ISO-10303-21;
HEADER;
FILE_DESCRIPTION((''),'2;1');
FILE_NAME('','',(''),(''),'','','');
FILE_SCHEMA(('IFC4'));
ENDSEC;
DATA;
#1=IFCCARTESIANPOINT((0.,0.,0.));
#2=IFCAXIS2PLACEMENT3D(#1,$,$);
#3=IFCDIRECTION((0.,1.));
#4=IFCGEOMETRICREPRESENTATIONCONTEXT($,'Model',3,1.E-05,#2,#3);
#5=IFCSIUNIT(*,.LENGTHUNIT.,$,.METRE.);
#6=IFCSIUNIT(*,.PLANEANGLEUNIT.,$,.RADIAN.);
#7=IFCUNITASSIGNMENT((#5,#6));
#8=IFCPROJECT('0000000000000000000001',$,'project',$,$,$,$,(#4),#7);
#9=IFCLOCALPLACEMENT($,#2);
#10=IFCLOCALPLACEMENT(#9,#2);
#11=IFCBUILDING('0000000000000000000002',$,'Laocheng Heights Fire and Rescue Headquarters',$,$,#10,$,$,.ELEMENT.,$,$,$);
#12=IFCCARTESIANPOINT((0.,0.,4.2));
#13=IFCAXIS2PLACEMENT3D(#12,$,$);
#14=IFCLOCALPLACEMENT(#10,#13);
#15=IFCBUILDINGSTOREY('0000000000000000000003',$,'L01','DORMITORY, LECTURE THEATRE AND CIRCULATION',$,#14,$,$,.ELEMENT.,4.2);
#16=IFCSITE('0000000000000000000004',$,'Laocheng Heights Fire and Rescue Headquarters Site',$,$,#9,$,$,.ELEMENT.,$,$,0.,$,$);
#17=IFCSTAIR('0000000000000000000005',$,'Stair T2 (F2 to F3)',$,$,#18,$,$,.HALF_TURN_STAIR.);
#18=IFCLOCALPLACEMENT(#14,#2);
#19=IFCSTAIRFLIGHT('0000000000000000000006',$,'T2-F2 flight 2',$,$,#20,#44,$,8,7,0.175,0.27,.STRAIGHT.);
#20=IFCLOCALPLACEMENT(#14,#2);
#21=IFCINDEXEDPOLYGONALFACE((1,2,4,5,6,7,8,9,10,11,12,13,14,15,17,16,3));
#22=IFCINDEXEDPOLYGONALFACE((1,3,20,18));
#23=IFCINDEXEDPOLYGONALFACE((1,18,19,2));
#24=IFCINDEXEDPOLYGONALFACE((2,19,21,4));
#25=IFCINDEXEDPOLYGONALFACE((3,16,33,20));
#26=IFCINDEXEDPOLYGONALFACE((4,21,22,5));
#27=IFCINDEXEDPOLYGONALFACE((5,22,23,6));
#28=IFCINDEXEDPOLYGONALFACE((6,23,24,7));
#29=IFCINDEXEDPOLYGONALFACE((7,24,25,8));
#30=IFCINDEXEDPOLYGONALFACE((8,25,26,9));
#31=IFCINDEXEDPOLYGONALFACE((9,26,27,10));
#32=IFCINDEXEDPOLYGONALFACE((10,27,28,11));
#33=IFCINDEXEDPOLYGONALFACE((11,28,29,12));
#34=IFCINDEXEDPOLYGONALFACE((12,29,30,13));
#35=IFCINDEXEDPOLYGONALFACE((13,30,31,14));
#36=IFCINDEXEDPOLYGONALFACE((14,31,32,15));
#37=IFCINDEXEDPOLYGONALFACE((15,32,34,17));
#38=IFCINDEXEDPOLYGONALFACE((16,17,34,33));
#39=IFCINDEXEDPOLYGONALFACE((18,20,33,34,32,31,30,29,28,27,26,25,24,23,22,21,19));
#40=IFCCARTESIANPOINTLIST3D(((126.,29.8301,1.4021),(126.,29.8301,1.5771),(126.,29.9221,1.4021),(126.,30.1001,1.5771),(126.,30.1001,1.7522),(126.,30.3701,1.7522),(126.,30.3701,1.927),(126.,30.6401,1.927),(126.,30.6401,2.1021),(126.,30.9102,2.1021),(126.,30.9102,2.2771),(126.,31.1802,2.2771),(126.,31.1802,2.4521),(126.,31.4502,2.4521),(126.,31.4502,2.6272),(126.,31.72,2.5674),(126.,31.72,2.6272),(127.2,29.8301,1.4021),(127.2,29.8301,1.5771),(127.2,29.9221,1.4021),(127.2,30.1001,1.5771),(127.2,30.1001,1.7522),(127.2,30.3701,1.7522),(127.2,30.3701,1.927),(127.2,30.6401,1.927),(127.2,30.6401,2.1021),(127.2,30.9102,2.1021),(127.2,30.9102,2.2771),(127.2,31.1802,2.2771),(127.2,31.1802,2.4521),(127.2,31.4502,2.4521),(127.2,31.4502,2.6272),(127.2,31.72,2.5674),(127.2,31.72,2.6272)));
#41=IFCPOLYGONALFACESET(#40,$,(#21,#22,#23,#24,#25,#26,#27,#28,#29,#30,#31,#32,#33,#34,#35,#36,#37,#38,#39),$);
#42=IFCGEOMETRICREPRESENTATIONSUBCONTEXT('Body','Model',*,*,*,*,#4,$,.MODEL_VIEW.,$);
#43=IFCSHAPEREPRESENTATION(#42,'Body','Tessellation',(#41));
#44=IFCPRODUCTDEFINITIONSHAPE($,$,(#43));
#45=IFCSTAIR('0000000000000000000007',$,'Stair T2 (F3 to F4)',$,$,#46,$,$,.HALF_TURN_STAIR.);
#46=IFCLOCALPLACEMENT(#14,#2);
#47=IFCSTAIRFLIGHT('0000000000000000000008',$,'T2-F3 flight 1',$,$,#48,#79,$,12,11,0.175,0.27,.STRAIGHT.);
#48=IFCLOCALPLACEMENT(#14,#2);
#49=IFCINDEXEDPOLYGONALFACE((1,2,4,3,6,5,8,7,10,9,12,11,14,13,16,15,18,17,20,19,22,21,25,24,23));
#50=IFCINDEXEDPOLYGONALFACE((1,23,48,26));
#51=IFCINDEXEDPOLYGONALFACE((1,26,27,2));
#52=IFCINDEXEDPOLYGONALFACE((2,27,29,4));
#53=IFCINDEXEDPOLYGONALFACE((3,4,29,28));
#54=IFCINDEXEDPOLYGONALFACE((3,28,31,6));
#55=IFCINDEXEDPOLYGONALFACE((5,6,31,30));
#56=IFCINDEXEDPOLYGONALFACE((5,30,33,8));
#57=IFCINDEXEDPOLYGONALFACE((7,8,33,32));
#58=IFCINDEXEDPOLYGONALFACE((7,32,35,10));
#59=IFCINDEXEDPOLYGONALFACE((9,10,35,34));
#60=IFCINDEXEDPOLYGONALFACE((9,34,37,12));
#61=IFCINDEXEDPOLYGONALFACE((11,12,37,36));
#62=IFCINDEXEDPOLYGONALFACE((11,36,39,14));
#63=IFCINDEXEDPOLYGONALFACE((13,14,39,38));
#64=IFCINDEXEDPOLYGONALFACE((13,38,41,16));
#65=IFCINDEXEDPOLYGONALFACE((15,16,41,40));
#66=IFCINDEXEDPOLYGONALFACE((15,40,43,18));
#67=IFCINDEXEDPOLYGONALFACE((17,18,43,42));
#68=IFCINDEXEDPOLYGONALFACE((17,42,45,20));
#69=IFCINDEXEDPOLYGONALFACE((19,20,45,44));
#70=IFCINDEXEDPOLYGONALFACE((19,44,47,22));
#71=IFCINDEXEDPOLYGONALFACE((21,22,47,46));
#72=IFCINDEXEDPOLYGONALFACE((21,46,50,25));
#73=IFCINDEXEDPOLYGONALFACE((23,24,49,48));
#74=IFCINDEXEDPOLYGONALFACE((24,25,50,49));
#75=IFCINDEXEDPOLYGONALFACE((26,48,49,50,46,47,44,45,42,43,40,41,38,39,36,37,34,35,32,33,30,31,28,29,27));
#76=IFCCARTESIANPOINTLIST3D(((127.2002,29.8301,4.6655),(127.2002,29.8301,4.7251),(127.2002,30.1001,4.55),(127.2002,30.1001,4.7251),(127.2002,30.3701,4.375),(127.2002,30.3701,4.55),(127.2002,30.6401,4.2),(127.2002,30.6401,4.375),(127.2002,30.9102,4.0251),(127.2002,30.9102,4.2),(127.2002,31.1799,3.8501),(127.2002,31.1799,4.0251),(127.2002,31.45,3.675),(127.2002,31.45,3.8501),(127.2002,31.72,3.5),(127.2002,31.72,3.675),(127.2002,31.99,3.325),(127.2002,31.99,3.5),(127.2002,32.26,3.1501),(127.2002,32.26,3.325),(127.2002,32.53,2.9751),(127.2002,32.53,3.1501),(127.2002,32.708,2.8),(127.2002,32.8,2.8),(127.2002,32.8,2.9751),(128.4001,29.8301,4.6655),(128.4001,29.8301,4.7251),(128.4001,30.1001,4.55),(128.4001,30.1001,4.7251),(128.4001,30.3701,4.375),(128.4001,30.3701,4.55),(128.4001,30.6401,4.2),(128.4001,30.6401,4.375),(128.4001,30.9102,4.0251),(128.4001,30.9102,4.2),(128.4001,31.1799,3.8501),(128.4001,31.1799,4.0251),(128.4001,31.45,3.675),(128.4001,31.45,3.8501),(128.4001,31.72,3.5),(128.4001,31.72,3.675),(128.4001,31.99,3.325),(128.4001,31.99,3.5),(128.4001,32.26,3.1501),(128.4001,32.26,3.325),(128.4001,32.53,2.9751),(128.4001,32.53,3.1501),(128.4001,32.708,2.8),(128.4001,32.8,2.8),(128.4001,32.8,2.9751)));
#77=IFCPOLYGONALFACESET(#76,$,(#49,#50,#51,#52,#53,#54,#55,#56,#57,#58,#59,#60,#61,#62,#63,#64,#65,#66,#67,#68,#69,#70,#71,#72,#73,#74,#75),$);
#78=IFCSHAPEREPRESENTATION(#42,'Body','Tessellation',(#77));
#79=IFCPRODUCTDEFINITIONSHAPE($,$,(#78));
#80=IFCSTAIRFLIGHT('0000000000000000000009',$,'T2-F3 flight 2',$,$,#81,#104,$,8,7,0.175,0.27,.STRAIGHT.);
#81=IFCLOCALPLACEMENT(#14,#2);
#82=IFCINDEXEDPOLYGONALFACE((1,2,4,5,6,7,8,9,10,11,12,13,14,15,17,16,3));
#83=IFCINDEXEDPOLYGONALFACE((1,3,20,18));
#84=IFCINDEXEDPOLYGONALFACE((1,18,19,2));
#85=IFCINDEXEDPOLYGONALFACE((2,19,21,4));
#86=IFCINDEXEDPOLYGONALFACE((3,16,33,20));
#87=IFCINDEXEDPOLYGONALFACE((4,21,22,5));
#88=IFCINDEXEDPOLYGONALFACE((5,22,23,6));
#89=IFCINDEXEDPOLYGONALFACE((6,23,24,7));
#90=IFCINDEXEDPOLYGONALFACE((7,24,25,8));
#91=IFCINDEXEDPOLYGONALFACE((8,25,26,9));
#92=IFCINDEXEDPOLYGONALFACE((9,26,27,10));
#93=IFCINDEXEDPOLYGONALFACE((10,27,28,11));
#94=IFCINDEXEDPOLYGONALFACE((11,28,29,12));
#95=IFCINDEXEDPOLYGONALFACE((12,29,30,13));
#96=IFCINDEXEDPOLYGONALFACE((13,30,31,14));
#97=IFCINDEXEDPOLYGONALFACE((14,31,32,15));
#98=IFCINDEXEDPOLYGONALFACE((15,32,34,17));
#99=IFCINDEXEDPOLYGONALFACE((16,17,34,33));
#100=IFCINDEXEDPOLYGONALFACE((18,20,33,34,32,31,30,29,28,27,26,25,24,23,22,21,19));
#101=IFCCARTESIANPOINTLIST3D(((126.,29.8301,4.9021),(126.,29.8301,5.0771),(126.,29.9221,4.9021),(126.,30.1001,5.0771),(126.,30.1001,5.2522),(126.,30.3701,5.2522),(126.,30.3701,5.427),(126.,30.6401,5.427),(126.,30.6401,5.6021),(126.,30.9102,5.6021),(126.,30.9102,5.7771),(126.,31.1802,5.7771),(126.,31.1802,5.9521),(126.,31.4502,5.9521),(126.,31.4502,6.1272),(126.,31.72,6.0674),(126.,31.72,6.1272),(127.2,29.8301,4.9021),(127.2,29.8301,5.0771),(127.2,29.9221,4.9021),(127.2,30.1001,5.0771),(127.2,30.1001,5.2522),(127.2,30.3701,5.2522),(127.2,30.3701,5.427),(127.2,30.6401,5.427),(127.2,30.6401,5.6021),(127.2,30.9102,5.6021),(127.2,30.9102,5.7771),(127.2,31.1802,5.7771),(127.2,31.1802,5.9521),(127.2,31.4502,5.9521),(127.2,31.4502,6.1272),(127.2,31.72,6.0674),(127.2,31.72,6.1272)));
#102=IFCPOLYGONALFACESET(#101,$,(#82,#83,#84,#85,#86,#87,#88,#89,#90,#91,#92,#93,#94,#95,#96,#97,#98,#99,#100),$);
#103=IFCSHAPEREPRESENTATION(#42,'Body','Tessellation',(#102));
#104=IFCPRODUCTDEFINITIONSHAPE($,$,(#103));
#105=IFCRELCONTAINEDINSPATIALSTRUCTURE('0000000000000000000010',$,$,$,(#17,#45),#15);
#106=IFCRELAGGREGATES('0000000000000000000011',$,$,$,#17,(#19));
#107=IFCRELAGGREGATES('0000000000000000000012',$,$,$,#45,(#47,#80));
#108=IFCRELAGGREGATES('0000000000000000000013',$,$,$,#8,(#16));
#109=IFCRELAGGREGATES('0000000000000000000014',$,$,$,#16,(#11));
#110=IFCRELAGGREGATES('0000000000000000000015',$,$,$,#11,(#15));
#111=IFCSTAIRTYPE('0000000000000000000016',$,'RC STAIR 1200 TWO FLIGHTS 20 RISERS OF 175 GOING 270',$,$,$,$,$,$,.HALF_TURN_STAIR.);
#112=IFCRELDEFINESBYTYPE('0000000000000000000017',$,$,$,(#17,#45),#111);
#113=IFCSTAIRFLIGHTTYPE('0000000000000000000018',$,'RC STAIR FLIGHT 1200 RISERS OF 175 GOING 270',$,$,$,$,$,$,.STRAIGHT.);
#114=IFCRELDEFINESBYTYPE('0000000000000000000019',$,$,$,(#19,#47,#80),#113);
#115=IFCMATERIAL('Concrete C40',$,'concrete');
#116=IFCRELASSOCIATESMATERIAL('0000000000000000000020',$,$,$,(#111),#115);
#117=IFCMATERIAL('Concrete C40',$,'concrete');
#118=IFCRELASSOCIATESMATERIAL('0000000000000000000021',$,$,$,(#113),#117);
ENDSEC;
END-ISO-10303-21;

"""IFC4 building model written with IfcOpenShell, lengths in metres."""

from ifc_helpers import new_model, si_unit, direction, frame, origin, place, context, subcontext, project, spatial, polyline, outline, extrude, material, type_object, element, aggregate, save


model = new_model("IFC4")

# Units and contexts
model_context = context("Model", 3, precision=1e-05, world=origin(), true_north=direction((0.0, 1.0)))
body_context = subcontext(model_context, "Body", "Model", "MODEL_VIEW")
ifc_project = project(units=[si_unit("LENGTHUNIT", "METRE"), si_unit("PLANEANGLEUNIT", "RADIAN")], contexts=[model_context])

# Site, building, storey
site_placement = place(None, origin())
site = spatial("IfcSite", under=ifc_project, at=site_placement, Name="Laocheng Heights Fire and Rescue Headquarters Site", CompositionType="ELEMENT", RefElevation=0.0)
building_placement = place(site_placement, origin())
building = spatial("IfcBuilding", under=site, at=building_placement, Name="Laocheng Heights Fire and Rescue Headquarters", CompositionType="ELEMENT")
storey_placement = place(building_placement, frame((0.0, 0.0, 4.2)))
storey = spatial("IfcBuildingStorey", under=building, at=storey_placement, Name="L01", Description="DORMITORY, LECTURE THEATRE AND CIRCULATION", CompositionType="ELEMENT", Elevation=4.2)

# Stairs, stair flights
ifc_material_1 = material(Name="Concrete C40", Category="concrete")
stair_type = type_object("IfcStairType", Name="RC STAIR 1200 TWO FLIGHTS 20 RISERS OF 175 GOING 270", PredefinedType="HALF_TURN_STAIR", material=ifc_material_1)
stair_1_placement = place(storey_placement, origin())
stair_1 = element("IfcStair", 1, at=stair_1_placement, inside=storey, type_object=stair_type, Name="Stair T2 (F2 to F3)", PredefinedType="HALF_TURN_STAIR")
ifc_material_2 = material(Name="Concrete C40", Category="concrete")
stair_flight_type = type_object("IfcStairFlightType", Name="RC STAIR FLIGHT 1200 RISERS OF 175 GOING 270", PredefinedType="STRAIGHT", material=ifc_material_2)
stair_flight_1_placement = place(storey_placement, frame((126.6001, 29.8301, 1.4021), z_axis=(0.0, 0.0, 1.0), x_axis=(0.0, 1.0, 0.0)))
stair_flight_1 = element("IfcStairFlight", 2, at=stair_flight_1_placement, type_object=stair_flight_type, Name="T2-F2 flight 2", NumberOfRisers=8, NumberOfTreads=7, PredefinedType="STRAIGHT", RiserHeight=0.175, TreadLength=0.27, context=body_context, shape_type="SweptSolid", body=[
    extrude(outline(polyline([(0.0, 0.0), (0.0, 0.175), (0.27, 0.175), (0.27, 0.3501), (0.54, 0.3501), (0.54, 0.5249), (0.8101, 0.5249), (0.8101, 0.7), (1.0801, 0.7), (1.0801, 0.875), (1.3501, 0.875), (1.3501, 1.05), (1.6201, 1.05), (1.6201, 1.2251), (1.8899, 1.2251), (1.8899, 1.3999), (1.8899, 1.1653), (0.092, 0.0), (0.0, 0.0)])), frame((0.0, 0.6001, 0.0), z_axis=(0.0, -1.0, 0.0), x_axis=(1.0, 0.0, 0.0)), (0.0, 0.0, 1.0), 1.2),
])
aggregate(stair_1, [stair_flight_1])
stair_2_placement = place(storey_placement, origin())
stair_2 = element("IfcStair", 3, at=stair_2_placement, inside=storey, type_object=stair_type, Name="Stair T2 (F3 to F4)", PredefinedType="HALF_TURN_STAIR")
stair_flight_2_placement = place(storey_placement, frame((127.8, 32.8, 2.8), z_axis=(0.0, 0.0, 1.0), x_axis=(0.0, -1.0, 0.0)))
stair_flight_2 = element("IfcStairFlight", 4, at=stair_flight_2_placement, type_object=stair_flight_type, Name="T2-F3 flight 1", NumberOfRisers=12, NumberOfTreads=11, PredefinedType="STRAIGHT", RiserHeight=0.175, TreadLength=0.27, context=body_context, shape_type="SweptSolid", body=[
    extrude(outline(polyline([(0.0, 0.0), (0.0, 0.175), (0.27, 0.175), (0.27, 0.3501), (0.54, 0.3501), (0.54, 0.5249), (0.8101, 0.5249), (0.8101, 0.7), (1.0801, 0.7), (1.0801, 0.875), (1.3501, 0.875), (1.3501, 1.05), (1.6201, 1.05), (1.6201, 1.2251), (1.8899, 1.2251), (1.8899, 1.3999), (2.1599, 1.3999), (2.1599, 1.575), (2.4299, 1.575), (2.4299, 1.75), (2.7, 1.75), (2.7, 1.925), (2.97, 1.925), (2.97, 2.1001), (2.97, 1.8655), (0.092, 0.0), (0.0, 0.0)])), frame((0.0, 0.6001, 0.0), z_axis=(0.0, -1.0, 0.0), x_axis=(1.0, 0.0, 0.0)), (0.0, 0.0, 1.0), 1.2),
])
stair_flight_3_placement = place(storey_placement, frame((126.6001, 29.8301, 4.9021), z_axis=(0.0, 0.0, 1.0), x_axis=(0.0, 1.0, 0.0)))
stair_flight_3 = element("IfcStairFlight", 5, at=stair_flight_3_placement, type_object=stair_flight_type, Name="T2-F3 flight 2", NumberOfRisers=8, NumberOfTreads=7, PredefinedType="STRAIGHT", RiserHeight=0.175, TreadLength=0.27, context=body_context, shape_type="SweptSolid", body=[
    extrude(outline(polyline([(0.0, 0.0), (0.0, 0.175), (0.27, 0.175), (0.27, 0.3501), (0.54, 0.3501), (0.54, 0.5249), (0.8101, 0.5249), (0.8101, 0.7), (1.0801, 0.7), (1.0801, 0.875), (1.3501, 0.875), (1.3501, 1.05), (1.6201, 1.05), (1.6201, 1.2251), (1.8899, 1.2251), (1.8899, 1.3999), (1.8899, 1.1653), (0.092, 0.0), (0.0, 0.0)])), frame((0.0, 0.6001, 0.0), z_axis=(0.0, -1.0, 0.0), x_axis=(1.0, 0.0, 0.0)), (0.0, 0.0, 1.0), 1.2),
])
aggregate(stair_2, [stair_flight_2, stair_flight_3])

save(model, "model.ifc")
